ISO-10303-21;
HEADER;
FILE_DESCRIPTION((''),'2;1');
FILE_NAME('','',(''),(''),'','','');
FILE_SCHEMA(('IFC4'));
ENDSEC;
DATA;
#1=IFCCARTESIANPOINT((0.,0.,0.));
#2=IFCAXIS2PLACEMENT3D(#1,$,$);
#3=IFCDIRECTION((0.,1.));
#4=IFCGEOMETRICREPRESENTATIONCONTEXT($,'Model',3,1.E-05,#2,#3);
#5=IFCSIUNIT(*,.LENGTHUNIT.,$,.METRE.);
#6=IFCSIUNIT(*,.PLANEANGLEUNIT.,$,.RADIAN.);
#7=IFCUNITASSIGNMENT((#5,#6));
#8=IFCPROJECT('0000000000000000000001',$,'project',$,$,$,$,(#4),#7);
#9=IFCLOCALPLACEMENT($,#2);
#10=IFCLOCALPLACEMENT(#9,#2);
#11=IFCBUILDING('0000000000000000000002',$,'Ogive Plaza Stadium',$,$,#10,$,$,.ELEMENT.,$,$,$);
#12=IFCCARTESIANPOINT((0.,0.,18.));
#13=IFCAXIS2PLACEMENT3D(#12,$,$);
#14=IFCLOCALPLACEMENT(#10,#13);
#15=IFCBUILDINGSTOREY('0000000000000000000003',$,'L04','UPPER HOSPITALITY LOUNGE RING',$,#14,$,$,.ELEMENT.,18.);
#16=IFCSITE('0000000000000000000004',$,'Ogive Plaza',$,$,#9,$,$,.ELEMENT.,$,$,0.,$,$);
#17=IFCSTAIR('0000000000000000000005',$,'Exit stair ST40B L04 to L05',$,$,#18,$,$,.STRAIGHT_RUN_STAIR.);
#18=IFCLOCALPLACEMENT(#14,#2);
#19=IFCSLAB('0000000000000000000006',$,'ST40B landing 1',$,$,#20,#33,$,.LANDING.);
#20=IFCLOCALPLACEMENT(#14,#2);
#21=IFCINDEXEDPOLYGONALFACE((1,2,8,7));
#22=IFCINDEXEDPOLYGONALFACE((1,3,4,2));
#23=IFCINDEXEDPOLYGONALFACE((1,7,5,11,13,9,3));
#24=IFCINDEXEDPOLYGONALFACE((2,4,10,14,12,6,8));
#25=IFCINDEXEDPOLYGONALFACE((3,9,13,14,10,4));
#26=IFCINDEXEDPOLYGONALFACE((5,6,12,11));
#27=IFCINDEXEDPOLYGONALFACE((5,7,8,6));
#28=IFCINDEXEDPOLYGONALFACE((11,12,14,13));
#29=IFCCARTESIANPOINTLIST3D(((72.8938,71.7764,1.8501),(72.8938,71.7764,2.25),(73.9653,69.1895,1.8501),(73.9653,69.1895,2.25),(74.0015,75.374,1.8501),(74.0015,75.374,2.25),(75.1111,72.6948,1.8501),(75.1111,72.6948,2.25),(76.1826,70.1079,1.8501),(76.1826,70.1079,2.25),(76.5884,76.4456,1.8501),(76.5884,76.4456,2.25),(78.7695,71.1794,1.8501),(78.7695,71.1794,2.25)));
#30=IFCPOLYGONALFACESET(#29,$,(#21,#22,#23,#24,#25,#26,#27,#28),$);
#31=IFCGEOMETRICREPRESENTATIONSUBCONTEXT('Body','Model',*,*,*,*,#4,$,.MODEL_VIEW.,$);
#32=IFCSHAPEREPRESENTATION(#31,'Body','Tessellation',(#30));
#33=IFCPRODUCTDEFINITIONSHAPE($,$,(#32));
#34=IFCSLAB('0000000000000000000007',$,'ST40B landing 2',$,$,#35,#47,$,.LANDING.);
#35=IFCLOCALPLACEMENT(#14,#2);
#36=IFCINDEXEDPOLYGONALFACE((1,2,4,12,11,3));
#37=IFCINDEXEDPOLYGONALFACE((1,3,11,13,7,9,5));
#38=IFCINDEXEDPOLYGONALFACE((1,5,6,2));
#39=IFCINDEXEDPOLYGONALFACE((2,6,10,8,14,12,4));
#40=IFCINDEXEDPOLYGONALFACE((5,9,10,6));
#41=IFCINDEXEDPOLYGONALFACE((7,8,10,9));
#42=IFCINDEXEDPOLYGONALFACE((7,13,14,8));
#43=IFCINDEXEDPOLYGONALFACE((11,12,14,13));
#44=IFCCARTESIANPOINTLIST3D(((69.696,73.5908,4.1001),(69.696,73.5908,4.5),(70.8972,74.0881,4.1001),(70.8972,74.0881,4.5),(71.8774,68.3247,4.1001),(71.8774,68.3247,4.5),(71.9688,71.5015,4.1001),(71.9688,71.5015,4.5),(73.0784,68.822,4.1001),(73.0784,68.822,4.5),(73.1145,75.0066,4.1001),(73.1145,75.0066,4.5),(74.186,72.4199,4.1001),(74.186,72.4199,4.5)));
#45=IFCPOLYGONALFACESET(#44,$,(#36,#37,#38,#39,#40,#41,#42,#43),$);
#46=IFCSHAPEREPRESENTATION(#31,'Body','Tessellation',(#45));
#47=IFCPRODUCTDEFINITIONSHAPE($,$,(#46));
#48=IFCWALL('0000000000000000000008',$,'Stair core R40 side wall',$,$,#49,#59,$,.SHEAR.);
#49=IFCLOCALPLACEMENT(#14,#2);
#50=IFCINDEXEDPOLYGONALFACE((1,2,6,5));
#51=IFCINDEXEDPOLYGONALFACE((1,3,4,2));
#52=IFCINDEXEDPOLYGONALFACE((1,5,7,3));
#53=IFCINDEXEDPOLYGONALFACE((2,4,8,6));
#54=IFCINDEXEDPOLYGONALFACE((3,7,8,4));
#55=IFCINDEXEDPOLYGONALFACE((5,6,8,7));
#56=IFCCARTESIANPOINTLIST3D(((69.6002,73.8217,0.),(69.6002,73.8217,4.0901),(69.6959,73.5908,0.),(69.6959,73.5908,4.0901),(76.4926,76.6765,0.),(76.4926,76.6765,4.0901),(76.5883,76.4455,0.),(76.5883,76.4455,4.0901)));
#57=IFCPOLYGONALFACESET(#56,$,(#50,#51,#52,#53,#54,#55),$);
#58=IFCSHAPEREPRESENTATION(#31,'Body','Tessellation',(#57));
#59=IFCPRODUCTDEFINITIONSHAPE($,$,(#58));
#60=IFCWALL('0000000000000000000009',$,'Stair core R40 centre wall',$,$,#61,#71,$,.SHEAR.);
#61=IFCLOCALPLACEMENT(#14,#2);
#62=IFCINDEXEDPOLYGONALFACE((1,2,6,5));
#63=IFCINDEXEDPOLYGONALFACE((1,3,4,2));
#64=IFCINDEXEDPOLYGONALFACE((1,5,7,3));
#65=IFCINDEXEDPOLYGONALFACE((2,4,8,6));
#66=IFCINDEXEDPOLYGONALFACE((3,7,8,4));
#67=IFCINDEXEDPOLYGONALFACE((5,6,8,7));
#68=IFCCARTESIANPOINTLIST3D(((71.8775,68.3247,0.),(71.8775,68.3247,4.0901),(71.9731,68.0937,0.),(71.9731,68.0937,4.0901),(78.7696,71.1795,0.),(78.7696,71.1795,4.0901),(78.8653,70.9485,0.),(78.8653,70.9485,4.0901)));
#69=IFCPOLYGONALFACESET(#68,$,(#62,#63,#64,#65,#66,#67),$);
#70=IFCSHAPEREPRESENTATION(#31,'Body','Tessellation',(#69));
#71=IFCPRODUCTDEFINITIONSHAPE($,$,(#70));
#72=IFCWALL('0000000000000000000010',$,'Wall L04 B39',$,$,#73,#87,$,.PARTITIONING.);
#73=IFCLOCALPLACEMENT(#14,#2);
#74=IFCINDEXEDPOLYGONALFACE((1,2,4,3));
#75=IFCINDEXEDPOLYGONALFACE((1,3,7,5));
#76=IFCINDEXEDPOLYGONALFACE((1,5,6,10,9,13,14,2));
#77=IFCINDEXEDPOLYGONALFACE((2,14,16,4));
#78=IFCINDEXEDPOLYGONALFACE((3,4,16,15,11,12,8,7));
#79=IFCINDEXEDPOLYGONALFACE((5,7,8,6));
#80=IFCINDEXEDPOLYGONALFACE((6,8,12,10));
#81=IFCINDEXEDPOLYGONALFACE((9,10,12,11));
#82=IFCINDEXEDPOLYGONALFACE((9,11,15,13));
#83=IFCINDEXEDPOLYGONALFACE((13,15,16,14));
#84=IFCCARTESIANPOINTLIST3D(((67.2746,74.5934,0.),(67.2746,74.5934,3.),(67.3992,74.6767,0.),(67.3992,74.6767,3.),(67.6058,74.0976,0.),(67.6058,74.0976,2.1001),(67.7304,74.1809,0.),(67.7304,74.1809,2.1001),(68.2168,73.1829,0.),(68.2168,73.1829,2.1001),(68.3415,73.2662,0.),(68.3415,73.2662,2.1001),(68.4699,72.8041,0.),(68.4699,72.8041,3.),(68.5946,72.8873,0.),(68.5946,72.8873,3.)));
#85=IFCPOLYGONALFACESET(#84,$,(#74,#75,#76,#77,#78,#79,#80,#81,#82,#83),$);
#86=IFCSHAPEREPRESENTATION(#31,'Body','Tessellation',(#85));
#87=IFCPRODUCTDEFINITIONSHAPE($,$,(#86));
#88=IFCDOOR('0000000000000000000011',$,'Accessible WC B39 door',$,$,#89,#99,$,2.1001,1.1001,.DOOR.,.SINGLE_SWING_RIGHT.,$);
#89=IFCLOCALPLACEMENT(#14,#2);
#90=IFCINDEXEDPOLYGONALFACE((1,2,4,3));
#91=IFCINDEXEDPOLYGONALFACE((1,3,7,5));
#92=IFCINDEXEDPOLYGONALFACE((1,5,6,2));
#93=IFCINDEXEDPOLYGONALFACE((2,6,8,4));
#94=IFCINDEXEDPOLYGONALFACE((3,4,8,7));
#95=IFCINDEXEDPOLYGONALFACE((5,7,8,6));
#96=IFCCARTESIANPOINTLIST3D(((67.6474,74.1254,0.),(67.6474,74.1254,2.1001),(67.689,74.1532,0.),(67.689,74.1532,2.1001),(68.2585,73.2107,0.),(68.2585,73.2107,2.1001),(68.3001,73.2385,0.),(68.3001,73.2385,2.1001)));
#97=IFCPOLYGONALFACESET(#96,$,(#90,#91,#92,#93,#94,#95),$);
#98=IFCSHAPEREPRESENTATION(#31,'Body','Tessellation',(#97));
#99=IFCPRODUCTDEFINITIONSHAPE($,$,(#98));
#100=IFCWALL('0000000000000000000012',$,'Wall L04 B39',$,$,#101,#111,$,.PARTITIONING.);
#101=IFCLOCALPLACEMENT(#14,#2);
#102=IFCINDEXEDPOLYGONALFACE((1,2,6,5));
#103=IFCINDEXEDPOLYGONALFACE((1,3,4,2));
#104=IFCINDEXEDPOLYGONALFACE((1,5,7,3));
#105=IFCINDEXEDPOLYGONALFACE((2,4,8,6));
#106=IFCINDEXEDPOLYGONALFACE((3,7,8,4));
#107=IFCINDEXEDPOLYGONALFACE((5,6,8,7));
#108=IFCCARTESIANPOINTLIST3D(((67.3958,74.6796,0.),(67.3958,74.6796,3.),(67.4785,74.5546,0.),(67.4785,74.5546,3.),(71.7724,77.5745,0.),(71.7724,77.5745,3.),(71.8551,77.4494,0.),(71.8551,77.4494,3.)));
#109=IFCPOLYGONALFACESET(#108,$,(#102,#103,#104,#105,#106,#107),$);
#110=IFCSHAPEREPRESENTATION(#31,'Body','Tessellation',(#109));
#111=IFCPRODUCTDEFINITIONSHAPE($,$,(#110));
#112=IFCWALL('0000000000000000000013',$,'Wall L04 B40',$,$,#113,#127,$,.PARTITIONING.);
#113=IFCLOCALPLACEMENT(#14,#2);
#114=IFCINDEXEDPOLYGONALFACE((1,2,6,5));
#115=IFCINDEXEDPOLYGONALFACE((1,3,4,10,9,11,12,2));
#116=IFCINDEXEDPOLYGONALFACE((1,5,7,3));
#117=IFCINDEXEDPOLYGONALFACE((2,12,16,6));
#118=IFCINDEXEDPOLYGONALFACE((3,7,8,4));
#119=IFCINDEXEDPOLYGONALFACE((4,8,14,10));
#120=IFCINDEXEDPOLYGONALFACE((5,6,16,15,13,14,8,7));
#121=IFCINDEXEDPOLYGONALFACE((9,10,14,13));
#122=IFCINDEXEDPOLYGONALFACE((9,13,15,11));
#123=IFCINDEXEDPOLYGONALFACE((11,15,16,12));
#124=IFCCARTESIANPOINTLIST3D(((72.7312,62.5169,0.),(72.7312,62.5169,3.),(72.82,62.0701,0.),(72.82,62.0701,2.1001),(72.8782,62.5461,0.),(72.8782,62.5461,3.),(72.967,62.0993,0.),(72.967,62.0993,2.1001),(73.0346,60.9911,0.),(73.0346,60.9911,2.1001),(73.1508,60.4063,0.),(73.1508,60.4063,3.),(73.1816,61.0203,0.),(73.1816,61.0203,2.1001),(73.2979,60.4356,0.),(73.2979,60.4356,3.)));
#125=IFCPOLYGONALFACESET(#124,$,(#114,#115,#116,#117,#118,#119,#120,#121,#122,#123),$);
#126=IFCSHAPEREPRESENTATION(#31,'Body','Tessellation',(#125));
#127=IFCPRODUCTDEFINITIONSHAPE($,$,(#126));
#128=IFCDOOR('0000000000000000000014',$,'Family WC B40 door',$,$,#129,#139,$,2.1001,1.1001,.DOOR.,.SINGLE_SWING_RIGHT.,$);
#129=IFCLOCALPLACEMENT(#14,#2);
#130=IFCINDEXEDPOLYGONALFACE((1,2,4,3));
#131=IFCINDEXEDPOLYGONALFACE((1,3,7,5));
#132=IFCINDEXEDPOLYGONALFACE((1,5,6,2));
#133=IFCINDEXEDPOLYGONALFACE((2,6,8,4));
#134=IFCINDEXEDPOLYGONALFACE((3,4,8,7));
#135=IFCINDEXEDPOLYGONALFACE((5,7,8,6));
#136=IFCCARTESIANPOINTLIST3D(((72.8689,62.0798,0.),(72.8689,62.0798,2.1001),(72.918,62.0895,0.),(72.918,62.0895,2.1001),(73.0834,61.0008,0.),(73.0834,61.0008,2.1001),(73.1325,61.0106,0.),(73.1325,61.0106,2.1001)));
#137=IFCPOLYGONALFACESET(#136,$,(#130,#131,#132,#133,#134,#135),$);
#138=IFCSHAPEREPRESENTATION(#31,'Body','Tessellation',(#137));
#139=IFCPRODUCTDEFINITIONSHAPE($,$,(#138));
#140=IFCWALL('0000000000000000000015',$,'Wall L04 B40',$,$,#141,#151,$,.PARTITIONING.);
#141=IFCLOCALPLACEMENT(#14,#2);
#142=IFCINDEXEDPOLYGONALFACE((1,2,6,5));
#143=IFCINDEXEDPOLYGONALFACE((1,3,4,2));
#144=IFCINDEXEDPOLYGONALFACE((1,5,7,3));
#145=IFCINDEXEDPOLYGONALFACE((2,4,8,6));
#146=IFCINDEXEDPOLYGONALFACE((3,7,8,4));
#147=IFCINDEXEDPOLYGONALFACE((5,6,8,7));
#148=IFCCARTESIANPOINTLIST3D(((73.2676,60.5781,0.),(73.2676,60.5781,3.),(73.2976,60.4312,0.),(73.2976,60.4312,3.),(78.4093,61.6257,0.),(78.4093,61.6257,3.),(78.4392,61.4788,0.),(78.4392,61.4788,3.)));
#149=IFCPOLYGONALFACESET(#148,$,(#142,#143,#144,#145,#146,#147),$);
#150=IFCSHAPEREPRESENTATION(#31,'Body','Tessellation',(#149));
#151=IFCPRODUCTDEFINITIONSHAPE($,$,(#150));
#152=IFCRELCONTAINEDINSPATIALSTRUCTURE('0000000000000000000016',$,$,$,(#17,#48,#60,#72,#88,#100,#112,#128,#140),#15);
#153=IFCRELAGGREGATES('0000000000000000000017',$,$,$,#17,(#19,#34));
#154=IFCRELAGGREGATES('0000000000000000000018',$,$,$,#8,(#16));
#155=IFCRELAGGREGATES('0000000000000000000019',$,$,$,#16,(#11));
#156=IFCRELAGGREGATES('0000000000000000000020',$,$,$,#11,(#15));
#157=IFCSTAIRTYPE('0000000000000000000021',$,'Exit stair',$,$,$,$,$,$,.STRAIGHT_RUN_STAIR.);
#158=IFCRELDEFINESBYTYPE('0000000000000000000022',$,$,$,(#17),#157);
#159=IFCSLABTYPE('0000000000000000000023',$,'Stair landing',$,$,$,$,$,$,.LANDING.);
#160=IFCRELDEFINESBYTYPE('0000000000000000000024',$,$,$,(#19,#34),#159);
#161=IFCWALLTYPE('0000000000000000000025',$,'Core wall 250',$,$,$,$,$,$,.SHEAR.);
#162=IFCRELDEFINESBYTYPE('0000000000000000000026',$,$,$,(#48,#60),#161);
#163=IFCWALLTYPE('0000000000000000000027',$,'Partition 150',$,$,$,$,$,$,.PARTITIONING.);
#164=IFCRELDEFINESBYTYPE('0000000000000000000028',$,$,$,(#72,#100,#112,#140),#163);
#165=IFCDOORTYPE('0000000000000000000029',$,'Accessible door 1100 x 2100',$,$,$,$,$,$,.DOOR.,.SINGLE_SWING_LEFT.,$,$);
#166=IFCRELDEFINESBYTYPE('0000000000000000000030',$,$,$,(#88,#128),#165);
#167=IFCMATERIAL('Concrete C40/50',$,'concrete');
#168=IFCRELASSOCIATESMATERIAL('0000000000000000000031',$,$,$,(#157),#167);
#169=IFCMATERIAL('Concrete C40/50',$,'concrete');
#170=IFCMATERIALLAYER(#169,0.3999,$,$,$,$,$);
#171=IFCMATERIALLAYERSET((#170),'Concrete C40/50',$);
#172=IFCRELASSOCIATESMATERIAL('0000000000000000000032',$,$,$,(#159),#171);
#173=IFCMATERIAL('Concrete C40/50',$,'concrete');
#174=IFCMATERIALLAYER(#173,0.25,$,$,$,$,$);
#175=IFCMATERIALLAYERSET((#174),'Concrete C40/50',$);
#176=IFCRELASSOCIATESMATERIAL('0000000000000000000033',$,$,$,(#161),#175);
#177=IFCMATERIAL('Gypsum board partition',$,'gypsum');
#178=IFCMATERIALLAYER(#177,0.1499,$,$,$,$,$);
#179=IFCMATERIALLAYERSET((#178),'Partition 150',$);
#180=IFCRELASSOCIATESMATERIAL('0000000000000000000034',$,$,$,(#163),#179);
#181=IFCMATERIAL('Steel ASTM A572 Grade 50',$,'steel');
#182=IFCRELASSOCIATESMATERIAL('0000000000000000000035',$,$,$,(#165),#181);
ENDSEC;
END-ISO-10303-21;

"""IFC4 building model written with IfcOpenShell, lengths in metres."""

from ifc_helpers import new_model, si_unit, direction, frame, frame_2d, origin, place, context, subcontext, project, spatial, polyline, rectangle, outline, extrude, material, layer, layer_set, type_object, element, fill, aggregate, save


model = new_model("IFC4")

# Units and contexts
model_context = context("Model", 3, precision=1e-05, world=origin(), true_north=direction((0.0, 1.0)))
body_context = subcontext(model_context, "Body", "Model", "MODEL_VIEW")
ifc_project = project(units=[si_unit("LENGTHUNIT", "METRE"), si_unit("PLANEANGLEUNIT", "RADIAN")], contexts=[model_context])

# Site, building, storey
site_placement = place(None, origin())
site = spatial("IfcSite", under=ifc_project, at=site_placement, Name="Ogive Plaza", CompositionType="ELEMENT", RefElevation=0.0)
building_placement = place(site_placement, origin())
building = spatial("IfcBuilding", under=site, at=building_placement, Name="Ogive Plaza Stadium", CompositionType="ELEMENT")
storey_placement = place(building_placement, frame((0.0, 0.0, 18.0)))
storey = spatial("IfcBuildingStorey", under=building, at=storey_placement, Name="L04", Description="UPPER HOSPITALITY LOUNGE RING", CompositionType="ELEMENT", Elevation=18.0)

# Stair, slabs
ifc_material_1 = material(Name="Concrete C40/50", Category="concrete")
stair_type = type_object("IfcStairType", Name="Exit stair", PredefinedType="STRAIGHT_RUN_STAIR", material=ifc_material_1)
ifc_material_2 = material(Name="Concrete C40/50", Category="concrete")
ifc_layer_1 = layer(ifc_material_2, 0.3999)
ifc_layer_set_1 = layer_set([ifc_layer_1], Name="Concrete C40/50")
slab_type = type_object("IfcSlabType", Name="Stair landing", PredefinedType="LANDING", material=ifc_layer_set_1)
stair_1_placement = place(storey_placement, origin())
stair_1 = element("IfcStair", 1, at=stair_1_placement, inside=storey, type_object=stair_type, Name="Exit stair ST40B L04 to L05", PredefinedType="STRAIGHT_RUN_STAIR")
slab_1_placement = place(storey_placement, frame((0.0, 0.0, 1.8501)))
slab_1 = element("IfcSlab", 2, at=slab_1_placement, type_object=slab_type, Name="ST40B landing 1", PredefinedType="LANDING", context=body_context, shape_type="SweptSolid", body=[
    extrude(outline(polyline([(73.9653, 69.1895), (72.8938, 71.7764), (75.1111, 72.6948), (74.0015, 75.374), (76.5884, 76.4456), (78.7695, 71.1794), (76.1826, 70.1079), (73.9653, 69.1895)])), origin(), (0.0, 0.0, 1.0), 0.3999),
])
slab_2_placement = place(storey_placement, frame((0.0, 0.0, 4.1001)))
slab_2 = element("IfcSlab", 3, at=slab_2_placement, type_object=slab_type, Name="ST40B landing 2", PredefinedType="LANDING", context=body_context, shape_type="SweptSolid", body=[
    extrude(outline(polyline([(73.0784, 68.822), (71.8774, 68.3247), (69.696, 73.5908), (70.8972, 74.0881), (73.1145, 75.0066), (74.186, 72.4199), (71.9688, 71.5015), (73.0784, 68.822)])), origin(), (0.0, 0.0, 1.0), 0.3999),
])
aggregate(stair_1, [slab_1, slab_2])

# Walls
ifc_material_3 = material(Name="Concrete C40/50", Category="concrete")
ifc_layer_2 = layer(ifc_material_3, 0.25)
ifc_layer_set_2 = layer_set([ifc_layer_2], Name="Concrete C40/50")
wall_type_1 = type_object("IfcWallType", Name="Core wall 250", PredefinedType="SHEAR", material=ifc_layer_set_2)
wall_1_placement = place(storey_placement, frame((69.6482, 73.7063, 0.0), z_axis=(0.0, 0.0, 1.0), x_axis=(0.923887, 0.382665, 0.0)))
element("IfcWall", 4, at=wall_1_placement, inside=storey, type_object=wall_type_1, Name="Stair core R40 side wall", PredefinedType="SHEAR", context=body_context, shape_type="SweptSolid", body=[
    extrude(rectangle(XDim=7.4602, YDim=0.25, at=frame_2d((3.73, 0.0))), origin(), (0.0, 0.0, 1.0), 4.0901),
])
wall_2_placement = place(storey_placement, frame((71.9253, 68.2092, 0.0), z_axis=(0.0, 0.0, 1.0), x_axis=(0.923882, 0.382676, 0.0)))
element("IfcWall", 5, at=wall_2_placement, inside=storey, type_object=wall_type_1, Name="Stair core R40 centre wall", PredefinedType="SHEAR", context=body_context, shape_type="SweptSolid", body=[
    extrude(rectangle(XDim=7.46, YDim=0.25, at=frame_2d((3.73, 0.0))), origin(), (0.0, 0.0, 1.0), 4.0901),
])

# Wall, opening, door
ifc_material_4 = material(Name="Gypsum board partition", Category="gypsum")
ifc_layer_3 = layer(ifc_material_4, 0.1499)
ifc_layer_set_3 = layer_set([ifc_layer_3], Name="Partition 150")
wall_type_2 = type_object("IfcWallType", Name="Partition 150", PredefinedType="PARTITIONING", material=ifc_layer_set_3)
wall_3_placement = place(storey_placement, frame((68.5322, 72.8457, 0.0), z_axis=(0.0, 0.0, 1.0), x_axis=(-0.555485, 0.831526, 0.0)))
wall_3 = element("IfcWall", 6, at=wall_3_placement, inside=storey, type_object=wall_type_2, Name="Wall L04 B39", PredefinedType="PARTITIONING", context=body_context, shape_type="SweptSolid", body=[
    extrude(rectangle(XDim=2.1519, YDim=0.1499, at=frame_2d((1.0759, 0.0))), origin(), (0.0, 0.0, 1.0), 3.0),
])
opening_1_placement = place(wall_3_placement, frame((0.4556, 0.0, 0.0)))
opening_1 = element("IfcOpeningElement", 7, at=opening_1_placement, cuts=wall_3, PredefinedType="OPENING", context=body_context, shape_type="SweptSolid", body=[
    extrude(rectangle(XDim=1.1001, YDim=2.1001, at=frame_2d((0.55, 1.05))), frame((0.0, 0.075, 0.0), z_axis=(0.0, -1.0, 0.0), x_axis=(1.0, 0.0, 0.0)), (0.0, 0.0, 1.0), 0.1499),
])
ifc_material_5 = material(Name="Steel ASTM A572 Grade 50", Category="steel")
door_type = type_object("IfcDoorType", Name="Accessible door 1100 x 2100", OperationType="SINGLE_SWING_LEFT", PredefinedType="DOOR", material=ifc_material_5)
door_1_placement = place(opening_1_placement, origin())
door_1 = element("IfcDoor", 8, at=door_1_placement, inside=storey, type_object=door_type, Name="Accessible WC B39 door", OperationType="SINGLE_SWING_RIGHT", OverallHeight=2.1001, OverallWidth=1.1001, PredefinedType="DOOR", context=body_context, shape_type="SweptSolid", body=[
    extrude(rectangle(XDim=1.1001, YDim=2.1001, at=frame_2d((0.55, 1.05))), frame((0.0, 0.0249, 0.0), z_axis=(0.0, -1.0, 0.0), x_axis=(1.0, 0.0, 0.0)), (0.0, 0.0, 1.0), 0.05),
])
fill(opening_1, door_1)

# Wall
wall_4_placement = place(storey_placement, frame((67.4373, 74.6172, 0.0), z_axis=(0.0, 0.0, 1.0), x_axis=(0.834056, 0.551679, 0.0)))
element("IfcWall", 9, at=wall_4_placement, inside=storey, type_object=wall_type_2, Name="Wall L04 B39", PredefinedType="PARTITIONING", context=body_context, shape_type="SweptSolid", body=[
    extrude(rectangle(XDim=5.2473, YDim=0.1499, at=frame_2d((2.6235, 0.0))), origin(), (0.0, 0.0, 1.0), 3.0),
])

# Wall, opening, door
wall_5_placement = place(storey_placement, frame((72.8047, 62.5315, 0.0), z_axis=(0.0, 0.0, 1.0), x_axis=(0.195025, -0.980798, 0.0)))
wall_5 = element("IfcWall", 10, at=wall_5_placement, inside=storey, type_object=wall_type_2, Name="Wall L04 B40", PredefinedType="PARTITIONING", context=body_context, shape_type="SweptSolid", body=[
    extrude(rectangle(XDim=2.1519, YDim=0.1499, at=frame_2d((1.0759, 0.0))), origin(), (0.0, 0.0, 1.0), 3.0),
])
opening_2_placement = place(wall_5_placement, frame((0.4556, 0.0, 0.0)))
opening_2 = element("IfcOpeningElement", 11, at=opening_2_placement, cuts=wall_5, PredefinedType="OPENING", context=body_context, shape_type="SweptSolid", body=[
    extrude(rectangle(XDim=1.1001, YDim=2.1001, at=frame_2d((0.55, 1.05))), frame((0.0, 0.075, 0.0), z_axis=(0.0, -1.0, 0.0), x_axis=(1.0, 0.0, 0.0)), (0.0, 0.0, 1.0), 0.1499),
])
door_2_placement = place(opening_2_placement, origin())
door_2 = element("IfcDoor", 12, at=door_2_placement, inside=storey, type_object=door_type, Name="Family WC B40 door", OperationType="SINGLE_SWING_RIGHT", OverallHeight=2.1001, OverallWidth=1.1001, PredefinedType="DOOR", context=body_context, shape_type="SweptSolid", body=[
    extrude(rectangle(XDim=1.1001, YDim=2.1001, at=frame_2d((0.55, 1.05))), frame((0.0, 0.0249, 0.0), z_axis=(0.0, -1.0, 0.0), x_axis=(1.0, 0.0, 0.0)), (0.0, 0.0, 1.0), 0.05),
])
fill(opening_2, door_2)

# Wall
wall_6_placement = place(storey_placement, frame((73.2827, 60.5046, 0.0), z_axis=(0.0, 0.0, 1.0), x_axis=(0.979867, 0.199649, 0.0)))
element("IfcWall", 13, at=wall_6_placement, inside=storey, type_object=wall_type_2, Name="Wall L04 B40", PredefinedType="PARTITIONING", context=body_context, shape_type="SweptSolid", body=[
    extrude(rectangle(XDim=5.2473, YDim=0.1499, at=frame_2d((2.6235, 0.0))), origin(), (0.0, 0.0, 1.0), 3.0),
])

save(model, "model.ifc")
